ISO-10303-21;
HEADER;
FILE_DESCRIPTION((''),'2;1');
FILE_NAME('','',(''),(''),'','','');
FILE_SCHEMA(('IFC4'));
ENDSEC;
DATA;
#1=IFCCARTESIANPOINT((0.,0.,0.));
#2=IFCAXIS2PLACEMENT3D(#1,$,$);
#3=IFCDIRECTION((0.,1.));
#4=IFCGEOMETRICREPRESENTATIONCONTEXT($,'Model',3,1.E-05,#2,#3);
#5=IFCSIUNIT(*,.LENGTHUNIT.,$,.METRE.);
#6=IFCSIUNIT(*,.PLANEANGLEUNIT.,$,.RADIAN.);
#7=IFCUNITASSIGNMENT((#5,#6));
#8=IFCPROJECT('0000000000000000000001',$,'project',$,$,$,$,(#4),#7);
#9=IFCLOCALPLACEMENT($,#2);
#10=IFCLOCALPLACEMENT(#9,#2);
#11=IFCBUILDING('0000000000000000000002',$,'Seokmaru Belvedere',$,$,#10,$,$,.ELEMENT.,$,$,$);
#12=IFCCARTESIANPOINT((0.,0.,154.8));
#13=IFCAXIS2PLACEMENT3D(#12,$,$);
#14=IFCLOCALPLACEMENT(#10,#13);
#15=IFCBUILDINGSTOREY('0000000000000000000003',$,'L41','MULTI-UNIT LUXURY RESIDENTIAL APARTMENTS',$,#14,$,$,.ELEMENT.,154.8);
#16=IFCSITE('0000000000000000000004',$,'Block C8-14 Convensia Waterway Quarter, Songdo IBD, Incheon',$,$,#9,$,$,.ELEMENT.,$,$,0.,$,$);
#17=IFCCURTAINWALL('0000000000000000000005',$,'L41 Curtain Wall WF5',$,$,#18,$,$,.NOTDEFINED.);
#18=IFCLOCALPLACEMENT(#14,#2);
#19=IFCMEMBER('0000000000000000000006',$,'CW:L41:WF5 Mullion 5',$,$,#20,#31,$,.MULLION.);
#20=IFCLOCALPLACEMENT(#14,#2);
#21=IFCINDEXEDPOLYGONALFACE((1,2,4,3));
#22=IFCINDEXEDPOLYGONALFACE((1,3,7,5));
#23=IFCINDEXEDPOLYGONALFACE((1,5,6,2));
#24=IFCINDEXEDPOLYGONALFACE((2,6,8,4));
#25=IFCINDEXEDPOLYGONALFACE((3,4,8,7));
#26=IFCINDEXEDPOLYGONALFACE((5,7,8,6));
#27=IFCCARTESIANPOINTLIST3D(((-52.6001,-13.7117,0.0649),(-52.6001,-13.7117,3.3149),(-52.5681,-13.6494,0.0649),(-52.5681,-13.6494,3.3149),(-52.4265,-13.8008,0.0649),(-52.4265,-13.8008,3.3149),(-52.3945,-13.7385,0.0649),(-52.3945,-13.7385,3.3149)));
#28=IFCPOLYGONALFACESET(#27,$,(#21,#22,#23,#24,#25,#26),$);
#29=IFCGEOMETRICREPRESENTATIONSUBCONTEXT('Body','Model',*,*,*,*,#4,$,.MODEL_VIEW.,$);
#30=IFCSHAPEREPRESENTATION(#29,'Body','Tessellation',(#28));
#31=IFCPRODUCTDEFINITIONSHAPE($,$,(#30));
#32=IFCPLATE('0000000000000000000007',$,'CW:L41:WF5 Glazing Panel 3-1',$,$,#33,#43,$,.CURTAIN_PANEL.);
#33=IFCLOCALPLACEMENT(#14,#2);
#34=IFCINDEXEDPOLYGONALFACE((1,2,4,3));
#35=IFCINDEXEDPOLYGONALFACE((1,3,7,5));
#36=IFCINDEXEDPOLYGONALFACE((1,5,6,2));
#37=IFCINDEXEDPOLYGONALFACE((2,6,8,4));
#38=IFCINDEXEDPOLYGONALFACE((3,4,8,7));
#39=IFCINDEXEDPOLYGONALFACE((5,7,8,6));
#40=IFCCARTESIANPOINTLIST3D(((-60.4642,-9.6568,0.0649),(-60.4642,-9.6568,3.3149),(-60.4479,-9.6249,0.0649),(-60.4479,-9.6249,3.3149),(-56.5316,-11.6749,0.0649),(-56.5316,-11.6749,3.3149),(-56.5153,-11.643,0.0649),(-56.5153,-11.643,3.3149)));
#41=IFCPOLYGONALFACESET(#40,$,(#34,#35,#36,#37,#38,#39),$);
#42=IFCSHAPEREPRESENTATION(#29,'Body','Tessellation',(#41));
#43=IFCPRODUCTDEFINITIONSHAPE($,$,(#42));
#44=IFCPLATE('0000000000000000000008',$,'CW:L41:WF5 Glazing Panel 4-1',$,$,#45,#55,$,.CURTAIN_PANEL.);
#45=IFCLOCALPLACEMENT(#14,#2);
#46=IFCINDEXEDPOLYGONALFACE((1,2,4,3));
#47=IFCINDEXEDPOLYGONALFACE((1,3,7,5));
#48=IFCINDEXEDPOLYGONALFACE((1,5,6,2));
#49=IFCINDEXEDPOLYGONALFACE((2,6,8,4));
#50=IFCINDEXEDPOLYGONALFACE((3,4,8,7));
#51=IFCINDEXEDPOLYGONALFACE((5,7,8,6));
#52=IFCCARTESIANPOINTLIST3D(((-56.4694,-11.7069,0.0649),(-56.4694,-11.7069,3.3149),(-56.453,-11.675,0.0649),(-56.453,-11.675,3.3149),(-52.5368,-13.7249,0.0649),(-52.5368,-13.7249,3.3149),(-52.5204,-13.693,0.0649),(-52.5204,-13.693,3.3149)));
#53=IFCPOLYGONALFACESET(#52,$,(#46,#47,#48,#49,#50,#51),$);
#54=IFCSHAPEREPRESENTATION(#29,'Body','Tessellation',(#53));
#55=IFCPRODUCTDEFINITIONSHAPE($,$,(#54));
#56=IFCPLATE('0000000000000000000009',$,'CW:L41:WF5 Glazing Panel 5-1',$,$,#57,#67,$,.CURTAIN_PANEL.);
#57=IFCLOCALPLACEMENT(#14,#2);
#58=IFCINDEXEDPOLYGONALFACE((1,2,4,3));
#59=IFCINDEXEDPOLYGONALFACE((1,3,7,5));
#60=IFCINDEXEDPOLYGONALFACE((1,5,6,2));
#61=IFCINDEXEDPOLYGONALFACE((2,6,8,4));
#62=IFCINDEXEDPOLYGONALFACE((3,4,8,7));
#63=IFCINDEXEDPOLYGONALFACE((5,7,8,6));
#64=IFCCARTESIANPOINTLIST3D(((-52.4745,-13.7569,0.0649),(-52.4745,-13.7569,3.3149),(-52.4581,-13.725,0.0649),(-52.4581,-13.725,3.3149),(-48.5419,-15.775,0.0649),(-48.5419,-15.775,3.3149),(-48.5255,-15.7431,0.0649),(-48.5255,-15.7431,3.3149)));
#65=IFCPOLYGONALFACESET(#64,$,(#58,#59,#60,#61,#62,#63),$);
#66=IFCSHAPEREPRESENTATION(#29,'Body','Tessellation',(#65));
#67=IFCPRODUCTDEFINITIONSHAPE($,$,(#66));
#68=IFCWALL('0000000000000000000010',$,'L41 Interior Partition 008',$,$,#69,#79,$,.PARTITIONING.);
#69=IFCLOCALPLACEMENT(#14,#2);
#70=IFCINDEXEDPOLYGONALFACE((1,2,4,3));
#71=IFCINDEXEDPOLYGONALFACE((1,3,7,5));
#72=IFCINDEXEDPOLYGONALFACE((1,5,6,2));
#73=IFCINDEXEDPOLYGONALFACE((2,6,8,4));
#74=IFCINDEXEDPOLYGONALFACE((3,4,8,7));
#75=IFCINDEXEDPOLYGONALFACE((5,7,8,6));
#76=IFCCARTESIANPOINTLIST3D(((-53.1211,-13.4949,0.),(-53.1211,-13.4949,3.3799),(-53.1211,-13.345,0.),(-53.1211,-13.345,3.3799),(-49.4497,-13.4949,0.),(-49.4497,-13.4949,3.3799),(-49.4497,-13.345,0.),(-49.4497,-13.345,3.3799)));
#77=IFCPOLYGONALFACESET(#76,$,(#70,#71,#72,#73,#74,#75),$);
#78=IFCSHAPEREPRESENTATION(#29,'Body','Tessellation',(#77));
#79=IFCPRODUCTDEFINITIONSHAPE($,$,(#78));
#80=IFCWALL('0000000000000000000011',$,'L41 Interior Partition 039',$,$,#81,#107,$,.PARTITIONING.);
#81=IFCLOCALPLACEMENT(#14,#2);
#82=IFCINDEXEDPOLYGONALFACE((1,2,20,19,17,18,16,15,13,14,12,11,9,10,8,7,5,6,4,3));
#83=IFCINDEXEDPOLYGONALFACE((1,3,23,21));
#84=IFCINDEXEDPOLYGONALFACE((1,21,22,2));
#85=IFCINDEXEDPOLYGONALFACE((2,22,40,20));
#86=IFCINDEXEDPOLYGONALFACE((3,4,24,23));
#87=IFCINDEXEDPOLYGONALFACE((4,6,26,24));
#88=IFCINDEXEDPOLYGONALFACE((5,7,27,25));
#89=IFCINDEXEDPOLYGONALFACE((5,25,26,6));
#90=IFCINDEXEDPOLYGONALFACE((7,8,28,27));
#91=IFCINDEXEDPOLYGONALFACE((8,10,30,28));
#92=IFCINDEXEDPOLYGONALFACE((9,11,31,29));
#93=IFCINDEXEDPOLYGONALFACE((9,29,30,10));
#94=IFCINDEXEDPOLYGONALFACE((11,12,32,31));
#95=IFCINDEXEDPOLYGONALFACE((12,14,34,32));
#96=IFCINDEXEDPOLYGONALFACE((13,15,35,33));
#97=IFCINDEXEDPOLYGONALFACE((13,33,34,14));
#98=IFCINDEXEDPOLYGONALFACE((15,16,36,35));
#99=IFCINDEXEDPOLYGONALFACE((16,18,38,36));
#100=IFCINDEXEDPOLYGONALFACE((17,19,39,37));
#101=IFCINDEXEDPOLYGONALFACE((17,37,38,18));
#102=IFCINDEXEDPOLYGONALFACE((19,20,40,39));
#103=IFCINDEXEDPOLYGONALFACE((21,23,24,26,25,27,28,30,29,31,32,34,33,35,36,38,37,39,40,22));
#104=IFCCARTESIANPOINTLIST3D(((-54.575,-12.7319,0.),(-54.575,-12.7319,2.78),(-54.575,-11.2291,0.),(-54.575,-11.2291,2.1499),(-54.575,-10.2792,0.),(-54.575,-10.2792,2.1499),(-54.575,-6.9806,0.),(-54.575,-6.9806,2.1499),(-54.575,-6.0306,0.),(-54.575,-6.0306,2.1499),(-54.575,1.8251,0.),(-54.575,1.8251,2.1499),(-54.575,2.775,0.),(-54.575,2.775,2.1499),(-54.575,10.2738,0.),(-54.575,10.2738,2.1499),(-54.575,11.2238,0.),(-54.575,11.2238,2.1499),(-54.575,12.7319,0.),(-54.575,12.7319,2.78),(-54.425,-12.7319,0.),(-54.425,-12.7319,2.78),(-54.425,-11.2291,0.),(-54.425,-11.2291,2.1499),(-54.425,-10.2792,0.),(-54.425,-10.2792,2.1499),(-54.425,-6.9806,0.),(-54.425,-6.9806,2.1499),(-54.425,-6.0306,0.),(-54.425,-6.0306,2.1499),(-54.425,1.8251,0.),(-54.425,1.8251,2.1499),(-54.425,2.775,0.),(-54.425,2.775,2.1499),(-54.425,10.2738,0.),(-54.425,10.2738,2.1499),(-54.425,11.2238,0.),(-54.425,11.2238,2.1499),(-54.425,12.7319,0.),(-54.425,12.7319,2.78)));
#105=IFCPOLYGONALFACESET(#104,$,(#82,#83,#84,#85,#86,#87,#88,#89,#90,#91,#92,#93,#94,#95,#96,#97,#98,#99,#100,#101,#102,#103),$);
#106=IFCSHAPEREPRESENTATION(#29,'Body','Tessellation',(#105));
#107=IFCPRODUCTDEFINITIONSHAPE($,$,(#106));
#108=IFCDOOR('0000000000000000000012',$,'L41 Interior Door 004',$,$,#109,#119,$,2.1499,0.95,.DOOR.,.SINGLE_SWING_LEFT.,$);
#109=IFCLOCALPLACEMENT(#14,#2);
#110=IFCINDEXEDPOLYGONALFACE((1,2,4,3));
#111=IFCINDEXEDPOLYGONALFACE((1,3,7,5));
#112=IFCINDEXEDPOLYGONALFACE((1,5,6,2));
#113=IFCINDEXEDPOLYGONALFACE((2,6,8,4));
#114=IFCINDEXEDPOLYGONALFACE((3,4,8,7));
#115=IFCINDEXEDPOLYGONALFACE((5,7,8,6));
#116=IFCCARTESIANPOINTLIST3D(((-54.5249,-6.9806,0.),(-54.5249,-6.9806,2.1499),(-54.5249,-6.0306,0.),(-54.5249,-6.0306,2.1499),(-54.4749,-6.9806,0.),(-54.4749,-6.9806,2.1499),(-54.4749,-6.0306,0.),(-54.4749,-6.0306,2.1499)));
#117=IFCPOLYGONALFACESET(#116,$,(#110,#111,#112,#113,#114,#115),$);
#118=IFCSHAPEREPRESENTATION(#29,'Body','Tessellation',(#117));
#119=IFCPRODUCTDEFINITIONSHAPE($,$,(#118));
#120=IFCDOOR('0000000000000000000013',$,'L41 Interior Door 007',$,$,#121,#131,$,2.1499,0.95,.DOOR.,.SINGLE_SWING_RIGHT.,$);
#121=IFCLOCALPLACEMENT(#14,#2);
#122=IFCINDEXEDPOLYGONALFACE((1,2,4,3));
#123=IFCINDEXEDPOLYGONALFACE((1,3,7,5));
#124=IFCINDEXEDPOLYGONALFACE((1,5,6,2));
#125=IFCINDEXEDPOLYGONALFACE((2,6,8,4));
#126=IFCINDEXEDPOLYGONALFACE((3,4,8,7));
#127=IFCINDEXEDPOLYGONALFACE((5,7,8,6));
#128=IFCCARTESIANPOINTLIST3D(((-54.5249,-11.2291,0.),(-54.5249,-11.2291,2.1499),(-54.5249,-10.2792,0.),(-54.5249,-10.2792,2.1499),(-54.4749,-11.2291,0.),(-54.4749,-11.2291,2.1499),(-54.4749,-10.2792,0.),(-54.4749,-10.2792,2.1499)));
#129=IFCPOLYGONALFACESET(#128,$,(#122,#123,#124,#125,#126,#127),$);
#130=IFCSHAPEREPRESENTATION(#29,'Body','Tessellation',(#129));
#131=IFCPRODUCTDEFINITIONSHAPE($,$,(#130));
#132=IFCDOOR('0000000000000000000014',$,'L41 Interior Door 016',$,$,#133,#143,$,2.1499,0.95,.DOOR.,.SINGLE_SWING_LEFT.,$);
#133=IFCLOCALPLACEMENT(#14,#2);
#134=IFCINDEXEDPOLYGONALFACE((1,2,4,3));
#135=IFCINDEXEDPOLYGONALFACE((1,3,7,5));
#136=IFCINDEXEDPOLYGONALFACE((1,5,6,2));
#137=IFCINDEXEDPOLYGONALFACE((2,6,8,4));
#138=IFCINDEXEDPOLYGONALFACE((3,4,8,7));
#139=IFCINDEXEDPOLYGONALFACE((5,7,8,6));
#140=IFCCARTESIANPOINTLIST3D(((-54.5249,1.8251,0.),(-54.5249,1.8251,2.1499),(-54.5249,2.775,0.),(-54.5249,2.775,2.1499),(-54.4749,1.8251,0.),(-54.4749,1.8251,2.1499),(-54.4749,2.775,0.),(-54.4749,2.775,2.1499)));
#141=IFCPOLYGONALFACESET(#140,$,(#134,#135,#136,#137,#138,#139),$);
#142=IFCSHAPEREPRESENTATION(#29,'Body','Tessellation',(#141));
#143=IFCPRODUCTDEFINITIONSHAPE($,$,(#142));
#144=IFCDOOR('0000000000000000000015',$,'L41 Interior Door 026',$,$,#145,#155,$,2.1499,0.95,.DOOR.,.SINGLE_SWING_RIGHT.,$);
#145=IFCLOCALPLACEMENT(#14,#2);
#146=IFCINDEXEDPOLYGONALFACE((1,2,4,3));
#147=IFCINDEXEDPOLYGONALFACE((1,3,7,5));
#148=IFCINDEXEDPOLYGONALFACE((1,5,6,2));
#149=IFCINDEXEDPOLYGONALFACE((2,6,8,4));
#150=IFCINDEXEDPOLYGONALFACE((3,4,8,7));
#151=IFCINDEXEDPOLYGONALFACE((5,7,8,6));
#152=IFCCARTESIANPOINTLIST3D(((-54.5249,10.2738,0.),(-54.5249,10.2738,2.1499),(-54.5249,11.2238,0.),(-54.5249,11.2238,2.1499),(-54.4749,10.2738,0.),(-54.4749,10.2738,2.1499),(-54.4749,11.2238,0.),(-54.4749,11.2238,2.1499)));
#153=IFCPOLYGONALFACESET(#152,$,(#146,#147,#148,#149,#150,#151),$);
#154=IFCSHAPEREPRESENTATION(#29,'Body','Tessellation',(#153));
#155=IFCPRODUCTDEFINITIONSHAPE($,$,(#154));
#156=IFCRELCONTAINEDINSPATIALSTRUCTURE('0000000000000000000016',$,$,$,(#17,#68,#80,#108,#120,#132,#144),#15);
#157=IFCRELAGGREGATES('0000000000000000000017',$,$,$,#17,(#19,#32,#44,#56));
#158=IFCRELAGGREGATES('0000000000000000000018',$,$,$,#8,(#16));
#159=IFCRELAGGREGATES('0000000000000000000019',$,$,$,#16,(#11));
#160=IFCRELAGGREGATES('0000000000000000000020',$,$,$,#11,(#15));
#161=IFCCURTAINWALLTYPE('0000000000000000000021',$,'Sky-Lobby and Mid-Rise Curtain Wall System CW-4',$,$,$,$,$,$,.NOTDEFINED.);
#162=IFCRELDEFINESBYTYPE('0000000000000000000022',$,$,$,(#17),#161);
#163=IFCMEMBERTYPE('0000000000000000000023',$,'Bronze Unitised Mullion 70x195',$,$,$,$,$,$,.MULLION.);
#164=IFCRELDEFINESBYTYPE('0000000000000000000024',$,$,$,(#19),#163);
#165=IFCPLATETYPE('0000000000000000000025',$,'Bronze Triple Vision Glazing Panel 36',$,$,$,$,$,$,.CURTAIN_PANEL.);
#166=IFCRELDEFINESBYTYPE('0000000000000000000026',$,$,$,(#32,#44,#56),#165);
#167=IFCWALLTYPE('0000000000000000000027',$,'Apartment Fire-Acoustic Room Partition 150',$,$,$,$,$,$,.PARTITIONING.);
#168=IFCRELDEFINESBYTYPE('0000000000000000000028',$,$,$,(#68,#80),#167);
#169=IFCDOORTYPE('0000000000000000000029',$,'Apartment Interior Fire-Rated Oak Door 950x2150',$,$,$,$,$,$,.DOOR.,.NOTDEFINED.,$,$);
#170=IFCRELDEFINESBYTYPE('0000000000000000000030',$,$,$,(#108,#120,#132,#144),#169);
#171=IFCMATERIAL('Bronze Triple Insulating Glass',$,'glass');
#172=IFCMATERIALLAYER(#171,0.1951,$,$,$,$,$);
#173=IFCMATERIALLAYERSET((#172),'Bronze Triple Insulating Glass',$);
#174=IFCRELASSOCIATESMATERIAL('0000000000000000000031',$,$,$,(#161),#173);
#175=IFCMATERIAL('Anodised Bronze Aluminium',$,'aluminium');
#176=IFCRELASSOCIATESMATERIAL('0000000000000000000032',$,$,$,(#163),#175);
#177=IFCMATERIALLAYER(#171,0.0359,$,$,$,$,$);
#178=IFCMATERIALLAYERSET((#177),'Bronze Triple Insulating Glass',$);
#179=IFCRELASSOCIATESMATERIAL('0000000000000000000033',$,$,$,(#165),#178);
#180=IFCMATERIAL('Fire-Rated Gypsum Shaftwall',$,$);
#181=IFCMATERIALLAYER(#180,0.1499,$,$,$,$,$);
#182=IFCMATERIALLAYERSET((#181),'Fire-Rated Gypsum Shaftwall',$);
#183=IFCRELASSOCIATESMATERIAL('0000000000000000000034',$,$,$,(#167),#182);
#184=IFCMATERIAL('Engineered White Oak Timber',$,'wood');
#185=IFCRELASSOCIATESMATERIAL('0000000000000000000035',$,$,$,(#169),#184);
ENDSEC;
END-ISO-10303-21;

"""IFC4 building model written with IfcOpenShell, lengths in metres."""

from ifc_helpers import new_model, si_unit, direction, frame, frame_2d, origin, origin_2d, place, context, subcontext, project, spatial, rectangle, extrude, source, transform, mapped, material, layer, layer_set, material_profile, profile_set, type_object, type_shapes, element, fill, aggregate, save


model = new_model("IFC4")

# Units and contexts
model_context = context("Model", 3, precision=1e-05, world=origin(), true_north=direction((0.0, 1.0)))
body_context = subcontext(model_context, "Body", "Model", "MODEL_VIEW")
ifc_project = project(units=[si_unit("LENGTHUNIT", "METRE"), si_unit("PLANEANGLEUNIT", "RADIAN")], contexts=[model_context])

# Site, building, storey
site_placement = place(None, origin())
site = spatial("IfcSite", under=ifc_project, at=site_placement, Name="Block C8-14 Convensia Waterway Quarter, Songdo IBD, Incheon", CompositionType="ELEMENT", RefElevation=0.0)
building_placement = place(site_placement, origin())
building = spatial("IfcBuilding", under=site, at=building_placement, Name="Seokmaru Belvedere", CompositionType="ELEMENT")
storey_placement = place(building_placement, frame((0.0, 0.0, 154.8)))
storey = spatial("IfcBuildingStorey", under=building, at=storey_placement, Name="L41", Description="MULTI-UNIT LUXURY RESIDENTIAL APARTMENTS", CompositionType="ELEMENT", Elevation=154.8)

# Curtain wall, member, plates
ifc_material_1 = material(Name="Bronze Triple Insulating Glass", Category="glass")
ifc_layer_1 = layer(ifc_material_1, 0.1951)
ifc_layer_set_1 = layer_set([ifc_layer_1], Name="Bronze Triple Insulating Glass")
curtain_wall_type = type_object("IfcCurtainWallType", Name="Sky-Lobby and Mid-Rise Curtain Wall System CW-4", PredefinedType="NOTDEFINED", material=ifc_layer_set_1)
curtain_wall_placement = place(storey_placement, origin())
curtain_wall = element("IfcCurtainWall", 1, at=curtain_wall_placement, inside=storey, type_object=curtain_wall_type, Name="L41 Curtain Wall WF5", PredefinedType="NOTDEFINED")
ifc_material_2 = material(Name="Anodised Bronze Aluminium", Category="aluminium")
ifc_material_profile_1 = material_profile(ifc_material_2, rectangle(XDim=0.0701, YDim=0.1951, at=origin_2d()), Name="CW-M-70x195")
ifc_profile_set_1 = profile_set([ifc_material_profile_1], Name="Anodised Bronze Aluminium")
member_type = type_object("IfcMemberType", Name="Bronze Unitised Mullion 70x195", PredefinedType="MULLION", material=ifc_profile_set_1)
shared_shape_1 = source(origin(), body_context, "Body", "SweptSolid", [
    extrude(rectangle(XDim=0.0701, YDim=0.1951, at=origin_2d()), origin(), (0.0, 0.0, 1.0), 3.25),
])
type_shapes(member_type, [shared_shape_1])
member_1_placement = place(storey_placement, frame((-52.4973, -13.7251, 0.0649), z_axis=(0.0, 0.0, 1.0), x_axis=(0.456555, 0.889695, 0.0)))
member_1 = element("IfcMember", 2, at=member_1_placement, type_object=member_type, Name="CW:L41:WF5 Mullion 5", PredefinedType="MULLION", context=body_context, shape_type="MappedRepresentation", body=[
    mapped(shared_shape_1, transform((0.0, 0.0, 0.0), scale=1.0)),
])
ifc_layer_2 = layer(ifc_material_1, 0.0359)
ifc_layer_set_2 = layer_set([ifc_layer_2], Name="Bronze Triple Insulating Glass")
plate_type = type_object("IfcPlateType", Name="Bronze Triple Vision Glazing Panel 36", PredefinedType="CURTAIN_PANEL", material=ifc_layer_set_2)
shared_shape_2 = source(origin(), body_context, "Body", "SweptSolid", [
    extrude(rectangle(XDim=4.4202, YDim=0.0359, at=origin_2d()), origin(), (0.0, 0.0, 1.0), 3.25),
])
type_shapes(plate_type, [shared_shape_2])
plate_1_placement = place(storey_placement, frame((-58.4897, -10.6499, 0.0649), z_axis=(0.0, 0.0, 1.0), x_axis=(0.889695, -0.456555, 0.0)))
plate_1 = element("IfcPlate", 3, at=plate_1_placement, type_object=plate_type, Name="CW:L41:WF5 Glazing Panel 3-1", PredefinedType="CURTAIN_PANEL", context=body_context, shape_type="MappedRepresentation", body=[
    mapped(shared_shape_2, transform((0.0, 0.0, 0.0), scale=1.0)),
])
plate_2_placement = place(storey_placement, frame((-54.4949, -12.7, 0.0649), z_axis=(0.0, 0.0, 1.0), x_axis=(0.889695, -0.456555, 0.0)))
plate_2 = element("IfcPlate", 4, at=plate_2_placement, type_object=plate_type, Name="CW:L41:WF5 Glazing Panel 4-1", PredefinedType="CURTAIN_PANEL", context=body_context, shape_type="MappedRepresentation", body=[
    mapped(shared_shape_2, transform((0.0, 0.0, 0.0), scale=1.0)),
])
plate_3_placement = place(storey_placement, frame((-50.5, -14.75, 0.0649), z_axis=(0.0, 0.0, 1.0), x_axis=(0.889695, -0.456555, 0.0)))
plate_3 = element("IfcPlate", 5, at=plate_3_placement, type_object=plate_type, Name="CW:L41:WF5 Glazing Panel 5-1", PredefinedType="CURTAIN_PANEL", context=body_context, shape_type="MappedRepresentation", body=[
    mapped(shared_shape_2, transform((0.0, 0.0, 0.0), scale=1.0)),
])
aggregate(curtain_wall, [member_1, plate_1, plate_2, plate_3])

# Wall
ifc_material_3 = material(Name="Fire-Rated Gypsum Shaftwall")
ifc_layer_3 = layer(ifc_material_3, 0.1499)
ifc_layer_set_3 = layer_set([ifc_layer_3], Name="Fire-Rated Gypsum Shaftwall")
wall_type = type_object("IfcWallType", Name="Apartment Fire-Acoustic Room Partition 150", PredefinedType="PARTITIONING", material=ifc_layer_set_3)
wall_1_placement = place(storey_placement, frame((-53.1211, -13.4199, 0.0), z_axis=(0.0, 0.0, 1.0), x_axis=(1.0, 0.0, 0.0)))
element("IfcWall", 6, at=wall_1_placement, inside=storey, type_object=wall_type, Name="L41 Interior Partition 008", PredefinedType="PARTITIONING", context=body_context, shape_type="SweptSolid", body=[
    extrude(rectangle(XDim=3.6714, YDim=0.1499, at=frame_2d((1.8357, 0.0))), origin(), (0.0, 0.0, 1.0), 3.3799),
])

# Wall, openings, doors
ifc_material_4 = material(Name="Engineered White Oak Timber", Category="wood")
door_type = type_object("IfcDoorType", Name="Apartment Interior Fire-Rated Oak Door 950x2150", OperationType="NOTDEFINED", PredefinedType="DOOR", material=ifc_material_4)
shared_shape_3 = source(origin(), body_context, "Body", "SweptSolid", [
    extrude(rectangle(XDim=0.95, YDim=2.1499, at=frame_2d((0.4751, 1.075))), frame((0.0, 0.0249, 0.0), z_axis=(0.0, -1.0, 0.0), x_axis=(1.0, 0.0, 0.0)), (0.0, 0.0, 1.0), 0.05),
])
type_shapes(door_type, [shared_shape_3])
wall_2_placement = place(storey_placement, frame((-54.5, -12.7319, 0.0), z_axis=(0.0, 0.0, 1.0), x_axis=(0.0, 1.0, 0.0)))
wall_2 = element("IfcWall", 7, at=wall_2_placement, inside=storey, type_object=wall_type, Name="L41 Interior Partition 039", PredefinedType="PARTITIONING", context=body_context, shape_type="SweptSolid", body=[
    extrude(rectangle(XDim=25.4639, YDim=0.1499, at=frame_2d((12.7319, 0.0))), origin(), (0.0, 0.0, 1.0), 2.78),
])
opening_1_placement = place(wall_2_placement, frame((5.7512, 0.0, 0.0)))
opening_1 = element("IfcOpeningElement", 8, at=opening_1_placement, cuts=wall_2, PredefinedType="OPENING", context=body_context, shape_type="SweptSolid", body=[
    extrude(rectangle(XDim=0.95, YDim=2.1499, at=frame_2d((0.4751, 1.075))), frame((0.0, 0.085, 0.0), z_axis=(0.0, -1.0, 0.0), x_axis=(1.0, 0.0, 0.0)), (0.0, 0.0, 1.0), 0.1699),
])
opening_2_placement = place(wall_2_placement, frame((1.5027, 0.0, 0.0)))
opening_2 = element("IfcOpeningElement", 9, at=opening_2_placement, cuts=wall_2, PredefinedType="OPENING", context=body_context, shape_type="SweptSolid", body=[
    extrude(rectangle(XDim=0.95, YDim=2.1499, at=frame_2d((0.4751, 1.075))), frame((0.0, 0.085, 0.0), z_axis=(0.0, -1.0, 0.0), x_axis=(1.0, 0.0, 0.0)), (0.0, 0.0, 1.0), 0.1699),
])
opening_3_placement = place(wall_2_placement, frame((14.5569, 0.0, 0.0)))
opening_3 = element("IfcOpeningElement", 10, at=opening_3_placement, cuts=wall_2, PredefinedType="OPENING", context=body_context, shape_type="SweptSolid", body=[
    extrude(rectangle(XDim=0.95, YDim=2.1499, at=frame_2d((0.4751, 1.075))), frame((0.0, 0.085, 0.0), z_axis=(0.0, -1.0, 0.0), x_axis=(1.0, 0.0, 0.0)), (0.0, 0.0, 1.0), 0.1699),
])
opening_4_placement = place(wall_2_placement, frame((23.0056, 0.0, 0.0)))
opening_4 = element("IfcOpeningElement", 11, at=opening_4_placement, cuts=wall_2, PredefinedType="OPENING", context=body_context, shape_type="SweptSolid", body=[
    extrude(rectangle(XDim=0.95, YDim=2.1499, at=frame_2d((0.4751, 1.075))), frame((0.0, 0.085, 0.0), z_axis=(0.0, -1.0, 0.0), x_axis=(1.0, 0.0, 0.0)), (0.0, 0.0, 1.0), 0.1699),
])
door_1_placement = place(opening_1_placement, origin())
door_1 = element("IfcDoor", 12, at=door_1_placement, inside=storey, type_object=door_type, Name="L41 Interior Door 004", OperationType="SINGLE_SWING_LEFT", OverallHeight=2.1499, OverallWidth=0.95, PredefinedType="DOOR", context=body_context, shape_type="MappedRepresentation", body=[
    mapped(shared_shape_3, transform((0.0, 0.0, 0.0), scale=1.0)),
])
fill(opening_1, door_1)
door_2_placement = place(opening_2_placement, origin())
door_2 = element("IfcDoor", 13, at=door_2_placement, inside=storey, type_object=door_type, Name="L41 Interior Door 007", OperationType="SINGLE_SWING_RIGHT", OverallHeight=2.1499, OverallWidth=0.95, PredefinedType="DOOR", context=body_context, shape_type="MappedRepresentation", body=[
    mapped(shared_shape_3, transform((0.0, 0.0, 0.0), scale=1.0)),
])
fill(opening_2, door_2)
door_3_placement = place(opening_3_placement, origin())
door_3 = element("IfcDoor", 14, at=door_3_placement, inside=storey, type_object=door_type, Name="L41 Interior Door 016", OperationType="SINGLE_SWING_LEFT", OverallHeight=2.1499, OverallWidth=0.95, PredefinedType="DOOR", context=body_context, shape_type="MappedRepresentation", body=[
    mapped(shared_shape_3, transform((0.0, 0.0, 0.0), scale=1.0)),
])
fill(opening_3, door_3)
door_4_placement = place(opening_4_placement, origin())
door_4 = element("IfcDoor", 15, at=door_4_placement, inside=storey, type_object=door_type, Name="L41 Interior Door 026", OperationType="SINGLE_SWING_RIGHT", OverallHeight=2.1499, OverallWidth=0.95, PredefinedType="DOOR", context=body_context, shape_type="MappedRepresentation", body=[
    mapped(shared_shape_3, transform((0.0, 0.0, 0.0), scale=1.0)),
])
fill(opening_4, door_4)

save(model, "model.ifc")
